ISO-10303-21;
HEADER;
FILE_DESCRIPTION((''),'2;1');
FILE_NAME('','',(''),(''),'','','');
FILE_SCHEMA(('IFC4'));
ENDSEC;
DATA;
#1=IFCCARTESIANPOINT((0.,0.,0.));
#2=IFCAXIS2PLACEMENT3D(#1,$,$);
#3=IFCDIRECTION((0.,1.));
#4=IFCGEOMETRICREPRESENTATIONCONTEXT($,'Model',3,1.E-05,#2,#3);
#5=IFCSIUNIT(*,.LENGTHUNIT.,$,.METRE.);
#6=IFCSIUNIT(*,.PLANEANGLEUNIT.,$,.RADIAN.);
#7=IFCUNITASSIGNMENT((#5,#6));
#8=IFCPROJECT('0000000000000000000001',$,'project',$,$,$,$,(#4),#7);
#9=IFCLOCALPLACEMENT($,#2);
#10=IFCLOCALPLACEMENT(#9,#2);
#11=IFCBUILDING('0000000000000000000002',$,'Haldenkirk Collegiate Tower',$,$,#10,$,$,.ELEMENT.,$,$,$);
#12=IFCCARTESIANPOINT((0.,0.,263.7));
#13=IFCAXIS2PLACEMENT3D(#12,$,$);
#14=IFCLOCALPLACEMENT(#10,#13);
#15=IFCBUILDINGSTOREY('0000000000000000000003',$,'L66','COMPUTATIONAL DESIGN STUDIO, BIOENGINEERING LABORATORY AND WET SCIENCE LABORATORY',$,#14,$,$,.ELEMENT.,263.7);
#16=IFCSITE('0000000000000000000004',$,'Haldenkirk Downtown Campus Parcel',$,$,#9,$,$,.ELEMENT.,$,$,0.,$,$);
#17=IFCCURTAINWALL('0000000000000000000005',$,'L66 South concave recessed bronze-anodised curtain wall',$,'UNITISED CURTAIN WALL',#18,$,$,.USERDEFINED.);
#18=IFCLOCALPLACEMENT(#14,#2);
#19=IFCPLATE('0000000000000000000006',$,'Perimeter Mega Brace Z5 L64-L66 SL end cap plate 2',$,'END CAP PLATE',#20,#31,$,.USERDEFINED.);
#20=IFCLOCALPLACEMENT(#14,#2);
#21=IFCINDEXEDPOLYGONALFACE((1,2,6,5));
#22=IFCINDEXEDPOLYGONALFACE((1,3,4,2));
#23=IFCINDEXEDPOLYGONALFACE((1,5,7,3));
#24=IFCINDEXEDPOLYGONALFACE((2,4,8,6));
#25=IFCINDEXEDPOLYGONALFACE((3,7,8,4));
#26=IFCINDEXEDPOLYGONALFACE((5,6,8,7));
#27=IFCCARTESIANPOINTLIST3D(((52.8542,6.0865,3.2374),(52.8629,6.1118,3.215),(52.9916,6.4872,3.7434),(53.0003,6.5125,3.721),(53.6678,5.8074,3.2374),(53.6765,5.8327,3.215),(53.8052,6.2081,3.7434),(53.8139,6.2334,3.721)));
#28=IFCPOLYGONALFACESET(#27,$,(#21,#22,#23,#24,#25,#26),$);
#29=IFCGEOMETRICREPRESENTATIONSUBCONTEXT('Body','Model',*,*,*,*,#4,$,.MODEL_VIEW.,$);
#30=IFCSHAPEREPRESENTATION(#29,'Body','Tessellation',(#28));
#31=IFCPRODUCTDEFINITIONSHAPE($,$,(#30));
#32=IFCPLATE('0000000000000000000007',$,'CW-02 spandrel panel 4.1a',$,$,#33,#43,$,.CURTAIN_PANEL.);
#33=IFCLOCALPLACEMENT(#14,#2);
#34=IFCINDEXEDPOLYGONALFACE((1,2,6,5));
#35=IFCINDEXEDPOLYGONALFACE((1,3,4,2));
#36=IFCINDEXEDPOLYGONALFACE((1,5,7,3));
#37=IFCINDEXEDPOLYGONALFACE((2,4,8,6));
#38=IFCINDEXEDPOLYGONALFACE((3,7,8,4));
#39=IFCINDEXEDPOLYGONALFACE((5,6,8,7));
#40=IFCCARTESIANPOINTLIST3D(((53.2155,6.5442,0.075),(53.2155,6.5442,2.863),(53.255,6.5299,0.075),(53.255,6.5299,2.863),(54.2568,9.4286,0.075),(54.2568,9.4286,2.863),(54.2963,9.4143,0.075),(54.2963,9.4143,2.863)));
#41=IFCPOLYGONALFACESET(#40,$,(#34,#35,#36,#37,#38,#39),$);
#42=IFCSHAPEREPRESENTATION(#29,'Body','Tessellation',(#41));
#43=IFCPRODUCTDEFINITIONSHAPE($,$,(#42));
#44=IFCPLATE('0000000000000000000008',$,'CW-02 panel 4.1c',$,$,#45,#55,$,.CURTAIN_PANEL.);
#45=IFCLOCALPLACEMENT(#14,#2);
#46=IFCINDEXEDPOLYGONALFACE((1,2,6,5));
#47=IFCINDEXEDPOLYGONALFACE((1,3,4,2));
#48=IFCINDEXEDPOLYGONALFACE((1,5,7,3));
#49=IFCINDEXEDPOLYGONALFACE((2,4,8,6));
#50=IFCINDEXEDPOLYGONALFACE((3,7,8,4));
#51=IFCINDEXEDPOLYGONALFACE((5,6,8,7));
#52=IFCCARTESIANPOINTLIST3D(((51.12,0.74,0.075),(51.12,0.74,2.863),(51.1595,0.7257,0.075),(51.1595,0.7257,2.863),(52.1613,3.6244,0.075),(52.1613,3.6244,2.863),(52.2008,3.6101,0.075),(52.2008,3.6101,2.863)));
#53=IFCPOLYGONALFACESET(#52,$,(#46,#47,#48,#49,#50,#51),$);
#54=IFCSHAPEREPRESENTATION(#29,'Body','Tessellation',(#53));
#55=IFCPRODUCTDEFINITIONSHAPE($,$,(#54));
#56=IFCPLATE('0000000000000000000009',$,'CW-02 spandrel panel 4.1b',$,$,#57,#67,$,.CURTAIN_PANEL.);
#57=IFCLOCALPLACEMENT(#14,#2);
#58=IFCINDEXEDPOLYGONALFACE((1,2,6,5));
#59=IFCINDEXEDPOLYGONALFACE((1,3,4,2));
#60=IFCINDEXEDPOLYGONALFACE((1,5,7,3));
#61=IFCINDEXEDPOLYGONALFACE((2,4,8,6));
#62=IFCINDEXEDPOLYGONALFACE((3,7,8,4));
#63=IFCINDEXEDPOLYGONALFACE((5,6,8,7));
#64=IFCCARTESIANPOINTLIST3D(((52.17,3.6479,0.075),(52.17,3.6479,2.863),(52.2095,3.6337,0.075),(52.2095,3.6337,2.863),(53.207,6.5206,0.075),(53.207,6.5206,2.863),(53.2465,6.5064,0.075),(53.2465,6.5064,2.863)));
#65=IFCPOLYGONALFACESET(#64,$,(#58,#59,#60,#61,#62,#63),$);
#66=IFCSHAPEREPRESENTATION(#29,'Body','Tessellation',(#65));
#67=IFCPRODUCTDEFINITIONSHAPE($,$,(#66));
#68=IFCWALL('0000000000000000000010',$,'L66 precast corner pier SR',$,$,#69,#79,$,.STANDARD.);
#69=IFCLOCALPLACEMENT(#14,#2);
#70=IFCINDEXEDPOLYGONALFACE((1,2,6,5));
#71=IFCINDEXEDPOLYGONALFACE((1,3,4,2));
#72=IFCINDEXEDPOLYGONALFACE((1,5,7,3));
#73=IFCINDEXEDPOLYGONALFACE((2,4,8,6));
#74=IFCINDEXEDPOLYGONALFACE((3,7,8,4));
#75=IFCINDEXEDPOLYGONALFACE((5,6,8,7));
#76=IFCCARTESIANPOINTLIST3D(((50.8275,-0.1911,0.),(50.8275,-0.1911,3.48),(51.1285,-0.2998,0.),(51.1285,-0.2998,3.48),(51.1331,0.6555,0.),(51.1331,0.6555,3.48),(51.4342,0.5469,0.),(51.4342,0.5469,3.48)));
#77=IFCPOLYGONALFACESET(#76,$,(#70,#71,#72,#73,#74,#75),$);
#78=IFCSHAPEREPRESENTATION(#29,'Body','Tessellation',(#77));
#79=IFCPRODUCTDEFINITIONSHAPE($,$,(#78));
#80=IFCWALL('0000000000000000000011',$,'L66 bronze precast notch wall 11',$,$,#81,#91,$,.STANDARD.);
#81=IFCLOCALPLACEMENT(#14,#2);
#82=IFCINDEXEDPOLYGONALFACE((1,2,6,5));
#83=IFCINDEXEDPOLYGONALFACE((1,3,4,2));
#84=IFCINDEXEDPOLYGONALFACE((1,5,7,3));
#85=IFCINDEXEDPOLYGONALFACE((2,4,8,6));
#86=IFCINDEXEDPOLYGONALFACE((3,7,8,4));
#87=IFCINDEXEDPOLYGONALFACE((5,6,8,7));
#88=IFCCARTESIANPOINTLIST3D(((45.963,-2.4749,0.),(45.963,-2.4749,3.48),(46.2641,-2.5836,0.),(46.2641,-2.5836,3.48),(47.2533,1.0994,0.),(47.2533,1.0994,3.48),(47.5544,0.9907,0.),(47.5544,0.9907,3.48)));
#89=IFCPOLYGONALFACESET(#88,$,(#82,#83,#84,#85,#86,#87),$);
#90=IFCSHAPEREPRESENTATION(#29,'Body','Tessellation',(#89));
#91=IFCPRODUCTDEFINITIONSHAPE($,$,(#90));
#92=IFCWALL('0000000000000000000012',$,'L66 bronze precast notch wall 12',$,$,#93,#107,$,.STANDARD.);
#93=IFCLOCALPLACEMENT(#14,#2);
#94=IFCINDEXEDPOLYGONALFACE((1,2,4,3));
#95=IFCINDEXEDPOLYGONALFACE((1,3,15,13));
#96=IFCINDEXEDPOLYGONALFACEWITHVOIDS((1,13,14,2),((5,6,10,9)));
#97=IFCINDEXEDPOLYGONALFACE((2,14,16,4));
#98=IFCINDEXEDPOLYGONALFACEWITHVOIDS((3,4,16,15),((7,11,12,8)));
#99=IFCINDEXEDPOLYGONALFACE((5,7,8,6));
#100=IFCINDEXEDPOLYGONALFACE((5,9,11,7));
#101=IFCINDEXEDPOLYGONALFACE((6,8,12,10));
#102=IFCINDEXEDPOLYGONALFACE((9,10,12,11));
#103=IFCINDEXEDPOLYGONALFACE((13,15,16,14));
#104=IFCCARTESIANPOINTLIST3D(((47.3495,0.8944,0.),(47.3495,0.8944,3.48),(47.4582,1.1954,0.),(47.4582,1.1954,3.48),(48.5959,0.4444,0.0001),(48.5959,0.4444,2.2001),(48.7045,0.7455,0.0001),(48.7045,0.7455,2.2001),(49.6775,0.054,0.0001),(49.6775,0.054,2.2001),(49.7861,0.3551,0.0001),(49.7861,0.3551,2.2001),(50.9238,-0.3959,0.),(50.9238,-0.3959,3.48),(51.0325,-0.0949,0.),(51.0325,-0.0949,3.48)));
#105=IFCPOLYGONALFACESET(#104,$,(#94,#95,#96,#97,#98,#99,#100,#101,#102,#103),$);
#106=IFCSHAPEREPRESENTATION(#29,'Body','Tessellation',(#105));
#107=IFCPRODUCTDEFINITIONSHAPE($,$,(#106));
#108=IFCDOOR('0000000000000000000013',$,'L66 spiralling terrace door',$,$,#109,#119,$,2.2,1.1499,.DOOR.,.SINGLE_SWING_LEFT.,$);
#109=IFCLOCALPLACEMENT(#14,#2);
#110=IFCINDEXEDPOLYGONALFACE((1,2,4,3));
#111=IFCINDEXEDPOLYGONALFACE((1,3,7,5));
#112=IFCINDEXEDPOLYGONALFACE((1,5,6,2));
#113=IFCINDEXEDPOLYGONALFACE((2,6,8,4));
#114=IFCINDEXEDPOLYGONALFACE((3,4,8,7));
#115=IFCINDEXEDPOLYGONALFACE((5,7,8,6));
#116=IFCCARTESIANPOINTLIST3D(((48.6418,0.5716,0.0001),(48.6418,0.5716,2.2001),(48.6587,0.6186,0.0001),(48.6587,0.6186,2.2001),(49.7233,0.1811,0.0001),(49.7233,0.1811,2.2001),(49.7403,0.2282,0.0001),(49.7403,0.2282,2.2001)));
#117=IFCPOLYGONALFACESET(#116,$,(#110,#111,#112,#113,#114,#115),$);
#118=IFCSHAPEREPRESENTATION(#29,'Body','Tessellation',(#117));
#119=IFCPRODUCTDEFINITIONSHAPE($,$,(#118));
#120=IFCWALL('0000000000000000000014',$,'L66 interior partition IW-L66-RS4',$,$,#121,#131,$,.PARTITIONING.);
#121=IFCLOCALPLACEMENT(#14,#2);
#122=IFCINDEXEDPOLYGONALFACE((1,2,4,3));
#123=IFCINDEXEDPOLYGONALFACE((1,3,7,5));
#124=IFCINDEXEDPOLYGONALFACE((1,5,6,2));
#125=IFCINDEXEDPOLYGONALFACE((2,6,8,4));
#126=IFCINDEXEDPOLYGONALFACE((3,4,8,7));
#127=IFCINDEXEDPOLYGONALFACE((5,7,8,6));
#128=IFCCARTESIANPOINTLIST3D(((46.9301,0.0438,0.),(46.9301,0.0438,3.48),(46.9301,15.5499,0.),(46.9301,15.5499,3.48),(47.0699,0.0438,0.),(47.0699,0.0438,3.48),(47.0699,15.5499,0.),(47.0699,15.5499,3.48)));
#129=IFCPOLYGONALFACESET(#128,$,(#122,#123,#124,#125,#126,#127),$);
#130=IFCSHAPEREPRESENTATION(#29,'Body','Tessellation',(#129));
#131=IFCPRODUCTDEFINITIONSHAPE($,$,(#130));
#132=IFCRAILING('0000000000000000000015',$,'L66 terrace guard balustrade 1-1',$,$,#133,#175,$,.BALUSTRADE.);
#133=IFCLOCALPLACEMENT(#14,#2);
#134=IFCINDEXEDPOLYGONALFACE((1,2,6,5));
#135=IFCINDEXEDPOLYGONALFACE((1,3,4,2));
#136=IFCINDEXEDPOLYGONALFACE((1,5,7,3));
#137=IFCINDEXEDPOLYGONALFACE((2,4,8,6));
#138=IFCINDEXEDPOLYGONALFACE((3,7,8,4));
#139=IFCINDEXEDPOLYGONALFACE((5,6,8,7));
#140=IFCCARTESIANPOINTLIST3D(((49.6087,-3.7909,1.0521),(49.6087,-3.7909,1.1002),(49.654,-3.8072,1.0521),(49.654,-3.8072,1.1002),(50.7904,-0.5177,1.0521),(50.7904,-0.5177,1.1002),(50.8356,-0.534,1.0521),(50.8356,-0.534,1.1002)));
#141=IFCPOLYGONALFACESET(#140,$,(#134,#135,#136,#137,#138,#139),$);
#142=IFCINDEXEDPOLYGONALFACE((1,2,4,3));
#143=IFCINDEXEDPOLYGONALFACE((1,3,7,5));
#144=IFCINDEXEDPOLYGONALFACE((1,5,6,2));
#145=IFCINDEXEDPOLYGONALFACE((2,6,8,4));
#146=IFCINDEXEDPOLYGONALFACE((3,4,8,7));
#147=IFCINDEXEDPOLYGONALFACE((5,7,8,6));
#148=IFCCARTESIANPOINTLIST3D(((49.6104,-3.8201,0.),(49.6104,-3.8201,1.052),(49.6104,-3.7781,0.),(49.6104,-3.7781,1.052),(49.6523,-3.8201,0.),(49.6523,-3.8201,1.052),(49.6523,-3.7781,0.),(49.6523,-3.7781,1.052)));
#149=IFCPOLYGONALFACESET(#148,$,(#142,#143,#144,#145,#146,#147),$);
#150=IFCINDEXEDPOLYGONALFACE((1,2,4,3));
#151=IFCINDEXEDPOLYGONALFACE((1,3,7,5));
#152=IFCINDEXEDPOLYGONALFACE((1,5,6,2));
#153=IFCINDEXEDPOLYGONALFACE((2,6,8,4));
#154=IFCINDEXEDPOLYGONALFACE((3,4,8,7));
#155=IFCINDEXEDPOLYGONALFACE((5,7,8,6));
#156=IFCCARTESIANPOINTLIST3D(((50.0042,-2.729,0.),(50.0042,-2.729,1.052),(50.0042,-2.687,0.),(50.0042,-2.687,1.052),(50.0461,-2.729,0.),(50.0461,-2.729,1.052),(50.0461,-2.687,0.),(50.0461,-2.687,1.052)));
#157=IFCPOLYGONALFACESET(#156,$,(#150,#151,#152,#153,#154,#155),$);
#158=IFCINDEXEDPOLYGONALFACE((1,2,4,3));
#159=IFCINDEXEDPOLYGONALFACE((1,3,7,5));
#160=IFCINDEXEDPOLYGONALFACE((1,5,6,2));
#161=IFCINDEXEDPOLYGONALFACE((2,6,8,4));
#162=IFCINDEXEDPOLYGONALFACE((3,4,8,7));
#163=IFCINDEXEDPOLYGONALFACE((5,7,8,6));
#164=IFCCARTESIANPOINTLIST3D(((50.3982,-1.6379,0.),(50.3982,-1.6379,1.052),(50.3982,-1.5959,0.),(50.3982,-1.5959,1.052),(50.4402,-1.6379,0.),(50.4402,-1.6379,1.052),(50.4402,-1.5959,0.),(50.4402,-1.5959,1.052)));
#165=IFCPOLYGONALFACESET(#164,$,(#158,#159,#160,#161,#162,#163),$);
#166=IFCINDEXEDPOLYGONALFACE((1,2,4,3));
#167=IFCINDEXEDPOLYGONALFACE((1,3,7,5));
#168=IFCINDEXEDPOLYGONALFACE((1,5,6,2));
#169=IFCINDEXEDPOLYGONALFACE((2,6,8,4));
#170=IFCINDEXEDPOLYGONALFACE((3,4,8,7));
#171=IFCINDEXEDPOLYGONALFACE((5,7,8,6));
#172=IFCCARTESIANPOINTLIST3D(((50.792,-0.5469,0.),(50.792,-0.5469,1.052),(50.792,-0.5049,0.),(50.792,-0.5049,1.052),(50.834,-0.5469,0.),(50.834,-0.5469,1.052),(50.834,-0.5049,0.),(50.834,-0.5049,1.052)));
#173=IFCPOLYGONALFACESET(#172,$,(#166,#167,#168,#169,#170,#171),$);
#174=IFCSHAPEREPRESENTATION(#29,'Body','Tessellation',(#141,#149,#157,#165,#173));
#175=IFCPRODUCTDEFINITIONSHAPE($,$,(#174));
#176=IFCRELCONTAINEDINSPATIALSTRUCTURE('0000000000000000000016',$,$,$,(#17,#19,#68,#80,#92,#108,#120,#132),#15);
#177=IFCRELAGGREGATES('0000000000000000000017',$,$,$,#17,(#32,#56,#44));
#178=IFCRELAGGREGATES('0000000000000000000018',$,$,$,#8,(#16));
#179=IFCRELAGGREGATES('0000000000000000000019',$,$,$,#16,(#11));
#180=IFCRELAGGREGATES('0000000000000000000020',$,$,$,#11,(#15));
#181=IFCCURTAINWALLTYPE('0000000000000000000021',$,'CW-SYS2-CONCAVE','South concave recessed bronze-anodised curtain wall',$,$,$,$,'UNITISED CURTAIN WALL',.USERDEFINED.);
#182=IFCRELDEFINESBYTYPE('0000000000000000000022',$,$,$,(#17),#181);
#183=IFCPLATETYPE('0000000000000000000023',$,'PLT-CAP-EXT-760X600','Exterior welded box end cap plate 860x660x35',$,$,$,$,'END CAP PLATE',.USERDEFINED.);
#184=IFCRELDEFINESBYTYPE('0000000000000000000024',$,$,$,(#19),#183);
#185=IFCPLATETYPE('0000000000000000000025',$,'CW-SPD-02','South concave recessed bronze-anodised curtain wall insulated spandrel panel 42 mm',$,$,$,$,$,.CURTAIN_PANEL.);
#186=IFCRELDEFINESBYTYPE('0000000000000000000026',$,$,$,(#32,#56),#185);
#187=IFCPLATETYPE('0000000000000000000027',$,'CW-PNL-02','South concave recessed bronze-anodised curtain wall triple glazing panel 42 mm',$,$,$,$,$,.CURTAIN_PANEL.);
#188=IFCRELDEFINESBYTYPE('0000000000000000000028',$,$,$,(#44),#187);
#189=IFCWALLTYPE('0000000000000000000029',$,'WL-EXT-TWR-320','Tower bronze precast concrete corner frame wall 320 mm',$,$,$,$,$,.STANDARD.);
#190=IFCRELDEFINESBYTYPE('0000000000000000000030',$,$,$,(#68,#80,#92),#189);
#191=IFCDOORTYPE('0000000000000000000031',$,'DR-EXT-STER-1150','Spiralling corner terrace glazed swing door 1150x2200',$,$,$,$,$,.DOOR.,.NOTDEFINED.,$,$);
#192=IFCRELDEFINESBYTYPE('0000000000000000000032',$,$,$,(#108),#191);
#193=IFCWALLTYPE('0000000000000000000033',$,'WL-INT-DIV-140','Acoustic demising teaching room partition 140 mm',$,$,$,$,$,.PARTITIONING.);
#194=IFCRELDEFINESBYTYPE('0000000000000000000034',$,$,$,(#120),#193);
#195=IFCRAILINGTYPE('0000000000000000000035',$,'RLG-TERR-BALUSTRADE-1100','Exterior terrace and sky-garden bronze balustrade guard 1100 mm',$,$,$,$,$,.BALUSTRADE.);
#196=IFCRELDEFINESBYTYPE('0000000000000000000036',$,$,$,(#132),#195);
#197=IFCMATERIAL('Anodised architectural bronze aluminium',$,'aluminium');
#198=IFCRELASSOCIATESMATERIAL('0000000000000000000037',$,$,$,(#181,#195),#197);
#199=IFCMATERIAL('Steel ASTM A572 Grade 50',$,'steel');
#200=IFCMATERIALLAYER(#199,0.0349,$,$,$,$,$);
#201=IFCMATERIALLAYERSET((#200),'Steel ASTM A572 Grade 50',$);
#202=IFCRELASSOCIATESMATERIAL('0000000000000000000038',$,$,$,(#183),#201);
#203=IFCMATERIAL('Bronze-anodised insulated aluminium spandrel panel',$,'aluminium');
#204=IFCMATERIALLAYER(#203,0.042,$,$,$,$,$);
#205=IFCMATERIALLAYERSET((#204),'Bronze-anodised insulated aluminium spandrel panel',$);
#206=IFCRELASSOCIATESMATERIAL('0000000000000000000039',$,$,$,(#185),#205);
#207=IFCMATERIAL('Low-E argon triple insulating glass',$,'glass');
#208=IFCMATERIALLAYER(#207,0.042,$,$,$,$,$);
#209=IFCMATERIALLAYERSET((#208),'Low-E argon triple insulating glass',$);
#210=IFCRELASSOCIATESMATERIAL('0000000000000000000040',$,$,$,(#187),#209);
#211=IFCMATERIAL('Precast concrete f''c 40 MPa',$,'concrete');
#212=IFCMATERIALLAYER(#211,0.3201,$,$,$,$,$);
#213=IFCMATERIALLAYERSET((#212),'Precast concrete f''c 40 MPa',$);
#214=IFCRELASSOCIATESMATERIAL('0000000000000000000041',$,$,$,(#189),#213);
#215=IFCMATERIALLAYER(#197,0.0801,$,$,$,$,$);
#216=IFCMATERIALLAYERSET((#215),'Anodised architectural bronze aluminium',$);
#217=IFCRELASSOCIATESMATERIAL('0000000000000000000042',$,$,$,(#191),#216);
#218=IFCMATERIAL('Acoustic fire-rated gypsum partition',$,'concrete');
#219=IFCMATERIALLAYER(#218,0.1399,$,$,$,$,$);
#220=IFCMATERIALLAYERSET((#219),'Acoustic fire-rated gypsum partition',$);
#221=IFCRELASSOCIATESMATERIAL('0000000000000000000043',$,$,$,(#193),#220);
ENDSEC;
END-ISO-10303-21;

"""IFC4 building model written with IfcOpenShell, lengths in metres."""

from ifc_helpers import new_model, si_unit, direction, frame, frame_2d, origin, origin_2d, place, context, subcontext, project, spatial, rectangle, extrude, source, transform, mapped, material, layer, layer_set, type_object, element, fill, aggregate, save


model = new_model("IFC4")

# Units and contexts
model_context = context("Model", 3, precision=1e-05, world=origin(), true_north=direction((0.0, 1.0)))
body_context = subcontext(model_context, "Body", "Model", "MODEL_VIEW")
ifc_project = project(units=[si_unit("LENGTHUNIT", "METRE"), si_unit("PLANEANGLEUNIT", "RADIAN")], contexts=[model_context])

# Site, building, storey
site_placement = place(None, origin())
site = spatial("IfcSite", under=ifc_project, at=site_placement, Name="Haldenkirk Downtown Campus Parcel", CompositionType="ELEMENT", RefElevation=0.0)
building_placement = place(site_placement, origin())
building = spatial("IfcBuilding", under=site, at=building_placement, Name="Haldenkirk Collegiate Tower", CompositionType="ELEMENT")
storey_placement = place(building_placement, frame((0.0, 0.0, 263.7)))
storey = spatial("IfcBuildingStorey", under=building, at=storey_placement, Name="L66", Description="COMPUTATIONAL DESIGN STUDIO, BIOENGINEERING LABORATORY AND WET SCIENCE LABORATORY", CompositionType="ELEMENT", Elevation=263.7)

# Shared definitions
ifc_material_1 = material(Name="Steel ASTM A572 Grade 50", Category="steel")

# Curtain wall
ifc_material_2 = material(Name="Anodised architectural bronze aluminium", Category="aluminium")
curtain_wall_type = type_object("IfcCurtainWallType", Name="CW-SYS2-CONCAVE", Description="South concave recessed bronze-anodised curtain wall", ElementType="UNITISED CURTAIN WALL", PredefinedType="USERDEFINED", material=ifc_material_2)
curtain_wall_placement = place(storey_placement, origin())
curtain_wall = element("IfcCurtainWall", 1, at=curtain_wall_placement, inside=storey, type_object=curtain_wall_type, Name="L66 South concave recessed bronze-anodised curtain wall", ObjectType="UNITISED CURTAIN WALL", PredefinedType="USERDEFINED")

# Plates
ifc_layer_1 = layer(ifc_material_1, 0.0349)
ifc_layer_set_1 = layer_set([ifc_layer_1], Name="Steel ASTM A572 Grade 50")
plate_type_1 = type_object("IfcPlateType", Name="PLT-CAP-EXT-760X600", Description="Exterior welded box end cap plate 860x660x35", ElementType="END CAP PLATE", PredefinedType="USERDEFINED", material=ifc_layer_set_1)
shared_shape_1 = source(origin(), body_context, "Body", "SweptSolid", [
    extrude(rectangle(XDim=0.8601, YDim=0.6599, at=origin_2d()), origin(), (0.0, 0.0, 1.0), 0.0349),
])
plate_1_placement = place(storey_placement, frame((53.3384, 6.1726, 3.468), z_axis=(-0.248768, -0.725308, 0.641906), x_axis=(0.945909, -0.324431, 0.0)))
element("IfcPlate", 2, at=plate_1_placement, inside=storey, type_object=plate_type_1, Name="Perimeter Mega Brace Z5 L64-L66 SL end cap plate 2", ObjectType="END CAP PLATE", PredefinedType="USERDEFINED", context=body_context, shape_type="MappedRepresentation", body=[
    mapped(shared_shape_1, transform((0.0, 0.0, 0.0), x_axis=(1.0, 0.0, 0.0), y_axis=(0.0, 1.0, 0.0), z_axis=(0.0, 0.0, 1.0), scale=1.0)),
])
ifc_material_3 = material(Name="Bronze-anodised insulated aluminium spandrel panel", Category="aluminium")
ifc_layer_2 = layer(ifc_material_3, 0.042)
ifc_layer_set_2 = layer_set([ifc_layer_2], Name="Bronze-anodised insulated aluminium spandrel panel")
plate_type_2 = type_object("IfcPlateType", Name="CW-SPD-02", Description="South concave recessed bronze-anodised curtain wall insulated spandrel panel 42 mm", PredefinedType="CURTAIN_PANEL", material=ifc_layer_set_2)
shared_shape_2 = source(origin(), body_context, "Body", "SweptSolid", [
    extrude(rectangle(XDim=3.0667, YDim=0.042, at=origin_2d()), origin(), (0.0, 0.0, 1.0), 2.7881),
])
plate_2_placement = place(storey_placement, frame((53.7559, 7.9792, 0.075), z_axis=(0.0, 0.0, 1.0), x_axis=(-0.339559, -0.940585, 0.0)))
plate_2 = element("IfcPlate", 3, at=plate_2_placement, type_object=plate_type_2, Name="CW-02 spandrel panel 4.1a", PredefinedType="CURTAIN_PANEL", context=body_context, shape_type="MappedRepresentation", body=[
    mapped(shared_shape_2, transform((0.0, 0.0, 0.0), x_axis=(1.0, 0.0, 0.0), y_axis=(0.0, 1.0, 0.0), z_axis=(0.0, 0.0, 1.0), scale=1.0)),
])
ifc_material_4 = material(Name="Low-E argon triple insulating glass", Category="glass")
ifc_layer_3 = layer(ifc_material_4, 0.042)
ifc_layer_set_3 = layer_set([ifc_layer_3], Name="Low-E argon triple insulating glass")
plate_type_3 = type_object("IfcPlateType", Name="CW-PNL-02", Description="South concave recessed bronze-anodised curtain wall triple glazing panel 42 mm", PredefinedType="CURTAIN_PANEL", material=ifc_layer_set_3)
plate_3_placement = place(storey_placement, frame((51.6604, 2.175, 0.075), z_axis=(0.0, 0.0, 1.0), x_axis=(-0.339559, -0.940585, 0.0)))
plate_3 = element("IfcPlate", 4, at=plate_3_placement, type_object=plate_type_3, Name="CW-02 panel 4.1c", PredefinedType="CURTAIN_PANEL", context=body_context, shape_type="MappedRepresentation", body=[
    mapped(shared_shape_2, transform((0.0, 0.0, 0.0), x_axis=(1.0, 0.0, 0.0), y_axis=(0.0, 1.0, 0.0), z_axis=(0.0, 0.0, 1.0), scale=1.0)),
])
shared_shape_3 = source(origin(), body_context, "Body", "SweptSolid", [
    extrude(rectangle(XDim=3.0542, YDim=0.042, at=origin_2d()), origin(), (0.0, 0.0, 1.0), 2.7881),
])
plate_4_placement = place(storey_placement, frame((52.7083, 5.0771, 0.075), z_axis=(0.0, 0.0, 1.0), x_axis=(-0.339559, -0.940585, 0.0)))
plate_4 = element("IfcPlate", 5, at=plate_4_placement, type_object=plate_type_2, Name="CW-02 spandrel panel 4.1b", PredefinedType="CURTAIN_PANEL", context=body_context, shape_type="MappedRepresentation", body=[
    mapped(shared_shape_3, transform((0.0, 0.0, 0.0), x_axis=(1.0, 0.0, 0.0), y_axis=(0.0, 1.0, 0.0), z_axis=(0.0, 0.0, 1.0), scale=1.0)),
])
aggregate(curtain_wall, [plate_2, plate_4, plate_3])

# Walls
ifc_material_5 = material(Name="Precast concrete f'c 40 MPa", Category="concrete")
ifc_layer_4 = layer(ifc_material_5, 0.3201)
ifc_layer_set_4 = layer_set([ifc_layer_4], Name="Precast concrete f'c 40 MPa")
wall_type_1 = type_object("IfcWallType", Name="WL-EXT-TWR-320", Description="Tower bronze precast concrete corner frame wall 320 mm", PredefinedType="STANDARD", material=ifc_layer_set_4)
wall_1_placement = place(storey_placement, frame((51.2837, 0.6013, 0.0), z_axis=(0.0, 0.0, 1.0), x_axis=(-0.339564, -0.940583, 0.0)))
element("IfcWall", 6, at=wall_1_placement, inside=storey, type_object=wall_type_1, Name="L66 precast corner pier SR", PredefinedType="STANDARD", context=body_context, shape_type="SweptSolid", body=[
    extrude(rectangle(XDim=0.9001, YDim=0.3201, at=frame_2d((0.4502, 0.0))), origin(), (0.0, 0.0, 1.0), 3.48),
])
wall_2_placement = place(storey_placement, frame((47.4038, 1.0449, 0.0), z_axis=(0.0, 0.0, 1.0), x_axis=(-0.33955, -0.940588, 0.0)))
element("IfcWall", 7, at=wall_2_placement, inside=storey, type_object=wall_type_1, Name="L66 bronze precast notch wall 11", PredefinedType="STANDARD", context=body_context, shape_type="SweptSolid", body=[
    extrude(rectangle(XDim=3.8, YDim=0.3201, at=frame_2d((1.8999, 0.0))), origin(), (0.0, 0.0, 1.0), 3.48),
])

# Wall, opening, door
wall_3_placement = place(storey_placement, frame((50.978, -0.2454, 0.0), z_axis=(0.0, 0.0, 1.0), x_axis=(-0.940588, 0.33955, 0.0)))
wall_3 = element("IfcWall", 8, at=wall_3_placement, inside=storey, type_object=wall_type_1, Name="L66 bronze precast notch wall 12", PredefinedType="STANDARD", context=body_context, shape_type="SweptSolid", body=[
    extrude(rectangle(XDim=3.8, YDim=0.3201, at=frame_2d((1.8999, 0.0))), origin(), (0.0, 0.0, 1.0), 3.48),
])
opening_placement = place(wall_3_placement, frame((1.325, 0.0, 0.0)))
opening = element("IfcOpeningElement", 9, at=opening_placement, cuts=wall_3, PredefinedType="OPENING", context=body_context, shape_type="SweptSolid", body=[
    extrude(rectangle(XDim=1.1499, YDim=2.2, at=frame_2d((0.575, 1.1001))), frame((0.0, 0.1699, 0.0), z_axis=(0.0, -1.0, 0.0), x_axis=(1.0, 0.0, 0.0)), (0.0, 0.0, 1.0), 0.3401),
])
ifc_layer_5 = layer(ifc_material_2, 0.0801)
ifc_layer_set_5 = layer_set([ifc_layer_5], Name="Anodised architectural bronze aluminium")
door_type = type_object("IfcDoorType", Name="DR-EXT-STER-1150", Description="Spiralling corner terrace glazed swing door 1150x2200", OperationType="NOTDEFINED", PredefinedType="DOOR", material=ifc_layer_set_5)
door_placement = place(opening_placement, origin())
door = element("IfcDoor", 10, at=door_placement, inside=storey, type_object=door_type, Name="L66 spiralling terrace door", OperationType="SINGLE_SWING_LEFT", OverallHeight=2.2, OverallWidth=1.1499, PredefinedType="DOOR", context=body_context, shape_type="SweptSolid", body=[
    extrude(rectangle(XDim=1.1499, YDim=2.2, at=frame_2d((0.575, 1.1001))), frame((0.0, 0.0249, 0.0), z_axis=(0.0, -1.0, 0.0), x_axis=(1.0, 0.0, 0.0)), (0.0, 0.0, 1.0), 0.05),
])
fill(opening, door)

# Wall
ifc_material_6 = material(Name="Acoustic fire-rated gypsum partition", Category="concrete")
ifc_layer_6 = layer(ifc_material_6, 0.1399)
ifc_layer_set_6 = layer_set([ifc_layer_6], Name="Acoustic fire-rated gypsum partition")
wall_type_2 = type_object("IfcWallType", Name="WL-INT-DIV-140", Description="Acoustic demising teaching room partition 140 mm", PredefinedType="PARTITIONING", material=ifc_layer_set_6)
wall_4_placement = place(storey_placement, frame((47.0, 0.0439, 0.0), z_axis=(0.0, 0.0, 1.0), x_axis=(0.0, 1.0, 0.0)))
element("IfcWall", 11, at=wall_4_placement, inside=storey, type_object=wall_type_2, Name="L66 interior partition IW-L66-RS4", PredefinedType="PARTITIONING", context=body_context, shape_type="SweptSolid", body=[
    extrude(rectangle(XDim=15.5061, YDim=0.1399, at=frame_2d((7.7529, 0.0))), origin(), (0.0, 0.0, 1.0), 3.48),
])

# Railing
railing_type = type_object("IfcRailingType", Name="RLG-TERR-BALUSTRADE-1100", Description="Exterior terrace and sky-garden bronze balustrade guard 1100 mm", PredefinedType="BALUSTRADE", material=ifc_material_2)
railing_1_placement = place(storey_placement, frame((49.6313, -3.7991, 0.0)))
element("IfcRailing", 12, at=railing_1_placement, inside=storey, type_object=railing_type, Name="L66 terrace guard balustrade 1-1", PredefinedType="BALUSTRADE", context=body_context, shape_type="SweptSolid", body=[
    extrude(rectangle(XDim=0.0481, YDim=0.0481, at=origin_2d()), frame((0.0, 0.0, 1.0762), z_axis=(0.339557, 0.940586, 0.0), x_axis=(-0.940586, 0.339557, 0.0)), (0.0, 0.0, 1.0), 3.48),
    extrude(rectangle(XDim=0.042, YDim=0.042, at=origin_2d()), origin(), (0.0, 0.0, 1.0), 1.052),
    extrude(rectangle(XDim=0.042, YDim=0.042, at=origin_2d()), frame((0.3938, 1.0911, 0.0)), (0.0, 0.0, 1.0), 1.052),
    extrude(rectangle(XDim=0.042, YDim=0.042, at=origin_2d()), frame((0.7878, 2.1821, 0.0)), (0.0, 0.0, 1.0), 1.052),
    extrude(rectangle(XDim=0.042, YDim=0.042, at=origin_2d()), frame((1.1816, 3.2732, 0.0)), (0.0, 0.0, 1.0), 1.052),
])

save(model, "model.ifc")
